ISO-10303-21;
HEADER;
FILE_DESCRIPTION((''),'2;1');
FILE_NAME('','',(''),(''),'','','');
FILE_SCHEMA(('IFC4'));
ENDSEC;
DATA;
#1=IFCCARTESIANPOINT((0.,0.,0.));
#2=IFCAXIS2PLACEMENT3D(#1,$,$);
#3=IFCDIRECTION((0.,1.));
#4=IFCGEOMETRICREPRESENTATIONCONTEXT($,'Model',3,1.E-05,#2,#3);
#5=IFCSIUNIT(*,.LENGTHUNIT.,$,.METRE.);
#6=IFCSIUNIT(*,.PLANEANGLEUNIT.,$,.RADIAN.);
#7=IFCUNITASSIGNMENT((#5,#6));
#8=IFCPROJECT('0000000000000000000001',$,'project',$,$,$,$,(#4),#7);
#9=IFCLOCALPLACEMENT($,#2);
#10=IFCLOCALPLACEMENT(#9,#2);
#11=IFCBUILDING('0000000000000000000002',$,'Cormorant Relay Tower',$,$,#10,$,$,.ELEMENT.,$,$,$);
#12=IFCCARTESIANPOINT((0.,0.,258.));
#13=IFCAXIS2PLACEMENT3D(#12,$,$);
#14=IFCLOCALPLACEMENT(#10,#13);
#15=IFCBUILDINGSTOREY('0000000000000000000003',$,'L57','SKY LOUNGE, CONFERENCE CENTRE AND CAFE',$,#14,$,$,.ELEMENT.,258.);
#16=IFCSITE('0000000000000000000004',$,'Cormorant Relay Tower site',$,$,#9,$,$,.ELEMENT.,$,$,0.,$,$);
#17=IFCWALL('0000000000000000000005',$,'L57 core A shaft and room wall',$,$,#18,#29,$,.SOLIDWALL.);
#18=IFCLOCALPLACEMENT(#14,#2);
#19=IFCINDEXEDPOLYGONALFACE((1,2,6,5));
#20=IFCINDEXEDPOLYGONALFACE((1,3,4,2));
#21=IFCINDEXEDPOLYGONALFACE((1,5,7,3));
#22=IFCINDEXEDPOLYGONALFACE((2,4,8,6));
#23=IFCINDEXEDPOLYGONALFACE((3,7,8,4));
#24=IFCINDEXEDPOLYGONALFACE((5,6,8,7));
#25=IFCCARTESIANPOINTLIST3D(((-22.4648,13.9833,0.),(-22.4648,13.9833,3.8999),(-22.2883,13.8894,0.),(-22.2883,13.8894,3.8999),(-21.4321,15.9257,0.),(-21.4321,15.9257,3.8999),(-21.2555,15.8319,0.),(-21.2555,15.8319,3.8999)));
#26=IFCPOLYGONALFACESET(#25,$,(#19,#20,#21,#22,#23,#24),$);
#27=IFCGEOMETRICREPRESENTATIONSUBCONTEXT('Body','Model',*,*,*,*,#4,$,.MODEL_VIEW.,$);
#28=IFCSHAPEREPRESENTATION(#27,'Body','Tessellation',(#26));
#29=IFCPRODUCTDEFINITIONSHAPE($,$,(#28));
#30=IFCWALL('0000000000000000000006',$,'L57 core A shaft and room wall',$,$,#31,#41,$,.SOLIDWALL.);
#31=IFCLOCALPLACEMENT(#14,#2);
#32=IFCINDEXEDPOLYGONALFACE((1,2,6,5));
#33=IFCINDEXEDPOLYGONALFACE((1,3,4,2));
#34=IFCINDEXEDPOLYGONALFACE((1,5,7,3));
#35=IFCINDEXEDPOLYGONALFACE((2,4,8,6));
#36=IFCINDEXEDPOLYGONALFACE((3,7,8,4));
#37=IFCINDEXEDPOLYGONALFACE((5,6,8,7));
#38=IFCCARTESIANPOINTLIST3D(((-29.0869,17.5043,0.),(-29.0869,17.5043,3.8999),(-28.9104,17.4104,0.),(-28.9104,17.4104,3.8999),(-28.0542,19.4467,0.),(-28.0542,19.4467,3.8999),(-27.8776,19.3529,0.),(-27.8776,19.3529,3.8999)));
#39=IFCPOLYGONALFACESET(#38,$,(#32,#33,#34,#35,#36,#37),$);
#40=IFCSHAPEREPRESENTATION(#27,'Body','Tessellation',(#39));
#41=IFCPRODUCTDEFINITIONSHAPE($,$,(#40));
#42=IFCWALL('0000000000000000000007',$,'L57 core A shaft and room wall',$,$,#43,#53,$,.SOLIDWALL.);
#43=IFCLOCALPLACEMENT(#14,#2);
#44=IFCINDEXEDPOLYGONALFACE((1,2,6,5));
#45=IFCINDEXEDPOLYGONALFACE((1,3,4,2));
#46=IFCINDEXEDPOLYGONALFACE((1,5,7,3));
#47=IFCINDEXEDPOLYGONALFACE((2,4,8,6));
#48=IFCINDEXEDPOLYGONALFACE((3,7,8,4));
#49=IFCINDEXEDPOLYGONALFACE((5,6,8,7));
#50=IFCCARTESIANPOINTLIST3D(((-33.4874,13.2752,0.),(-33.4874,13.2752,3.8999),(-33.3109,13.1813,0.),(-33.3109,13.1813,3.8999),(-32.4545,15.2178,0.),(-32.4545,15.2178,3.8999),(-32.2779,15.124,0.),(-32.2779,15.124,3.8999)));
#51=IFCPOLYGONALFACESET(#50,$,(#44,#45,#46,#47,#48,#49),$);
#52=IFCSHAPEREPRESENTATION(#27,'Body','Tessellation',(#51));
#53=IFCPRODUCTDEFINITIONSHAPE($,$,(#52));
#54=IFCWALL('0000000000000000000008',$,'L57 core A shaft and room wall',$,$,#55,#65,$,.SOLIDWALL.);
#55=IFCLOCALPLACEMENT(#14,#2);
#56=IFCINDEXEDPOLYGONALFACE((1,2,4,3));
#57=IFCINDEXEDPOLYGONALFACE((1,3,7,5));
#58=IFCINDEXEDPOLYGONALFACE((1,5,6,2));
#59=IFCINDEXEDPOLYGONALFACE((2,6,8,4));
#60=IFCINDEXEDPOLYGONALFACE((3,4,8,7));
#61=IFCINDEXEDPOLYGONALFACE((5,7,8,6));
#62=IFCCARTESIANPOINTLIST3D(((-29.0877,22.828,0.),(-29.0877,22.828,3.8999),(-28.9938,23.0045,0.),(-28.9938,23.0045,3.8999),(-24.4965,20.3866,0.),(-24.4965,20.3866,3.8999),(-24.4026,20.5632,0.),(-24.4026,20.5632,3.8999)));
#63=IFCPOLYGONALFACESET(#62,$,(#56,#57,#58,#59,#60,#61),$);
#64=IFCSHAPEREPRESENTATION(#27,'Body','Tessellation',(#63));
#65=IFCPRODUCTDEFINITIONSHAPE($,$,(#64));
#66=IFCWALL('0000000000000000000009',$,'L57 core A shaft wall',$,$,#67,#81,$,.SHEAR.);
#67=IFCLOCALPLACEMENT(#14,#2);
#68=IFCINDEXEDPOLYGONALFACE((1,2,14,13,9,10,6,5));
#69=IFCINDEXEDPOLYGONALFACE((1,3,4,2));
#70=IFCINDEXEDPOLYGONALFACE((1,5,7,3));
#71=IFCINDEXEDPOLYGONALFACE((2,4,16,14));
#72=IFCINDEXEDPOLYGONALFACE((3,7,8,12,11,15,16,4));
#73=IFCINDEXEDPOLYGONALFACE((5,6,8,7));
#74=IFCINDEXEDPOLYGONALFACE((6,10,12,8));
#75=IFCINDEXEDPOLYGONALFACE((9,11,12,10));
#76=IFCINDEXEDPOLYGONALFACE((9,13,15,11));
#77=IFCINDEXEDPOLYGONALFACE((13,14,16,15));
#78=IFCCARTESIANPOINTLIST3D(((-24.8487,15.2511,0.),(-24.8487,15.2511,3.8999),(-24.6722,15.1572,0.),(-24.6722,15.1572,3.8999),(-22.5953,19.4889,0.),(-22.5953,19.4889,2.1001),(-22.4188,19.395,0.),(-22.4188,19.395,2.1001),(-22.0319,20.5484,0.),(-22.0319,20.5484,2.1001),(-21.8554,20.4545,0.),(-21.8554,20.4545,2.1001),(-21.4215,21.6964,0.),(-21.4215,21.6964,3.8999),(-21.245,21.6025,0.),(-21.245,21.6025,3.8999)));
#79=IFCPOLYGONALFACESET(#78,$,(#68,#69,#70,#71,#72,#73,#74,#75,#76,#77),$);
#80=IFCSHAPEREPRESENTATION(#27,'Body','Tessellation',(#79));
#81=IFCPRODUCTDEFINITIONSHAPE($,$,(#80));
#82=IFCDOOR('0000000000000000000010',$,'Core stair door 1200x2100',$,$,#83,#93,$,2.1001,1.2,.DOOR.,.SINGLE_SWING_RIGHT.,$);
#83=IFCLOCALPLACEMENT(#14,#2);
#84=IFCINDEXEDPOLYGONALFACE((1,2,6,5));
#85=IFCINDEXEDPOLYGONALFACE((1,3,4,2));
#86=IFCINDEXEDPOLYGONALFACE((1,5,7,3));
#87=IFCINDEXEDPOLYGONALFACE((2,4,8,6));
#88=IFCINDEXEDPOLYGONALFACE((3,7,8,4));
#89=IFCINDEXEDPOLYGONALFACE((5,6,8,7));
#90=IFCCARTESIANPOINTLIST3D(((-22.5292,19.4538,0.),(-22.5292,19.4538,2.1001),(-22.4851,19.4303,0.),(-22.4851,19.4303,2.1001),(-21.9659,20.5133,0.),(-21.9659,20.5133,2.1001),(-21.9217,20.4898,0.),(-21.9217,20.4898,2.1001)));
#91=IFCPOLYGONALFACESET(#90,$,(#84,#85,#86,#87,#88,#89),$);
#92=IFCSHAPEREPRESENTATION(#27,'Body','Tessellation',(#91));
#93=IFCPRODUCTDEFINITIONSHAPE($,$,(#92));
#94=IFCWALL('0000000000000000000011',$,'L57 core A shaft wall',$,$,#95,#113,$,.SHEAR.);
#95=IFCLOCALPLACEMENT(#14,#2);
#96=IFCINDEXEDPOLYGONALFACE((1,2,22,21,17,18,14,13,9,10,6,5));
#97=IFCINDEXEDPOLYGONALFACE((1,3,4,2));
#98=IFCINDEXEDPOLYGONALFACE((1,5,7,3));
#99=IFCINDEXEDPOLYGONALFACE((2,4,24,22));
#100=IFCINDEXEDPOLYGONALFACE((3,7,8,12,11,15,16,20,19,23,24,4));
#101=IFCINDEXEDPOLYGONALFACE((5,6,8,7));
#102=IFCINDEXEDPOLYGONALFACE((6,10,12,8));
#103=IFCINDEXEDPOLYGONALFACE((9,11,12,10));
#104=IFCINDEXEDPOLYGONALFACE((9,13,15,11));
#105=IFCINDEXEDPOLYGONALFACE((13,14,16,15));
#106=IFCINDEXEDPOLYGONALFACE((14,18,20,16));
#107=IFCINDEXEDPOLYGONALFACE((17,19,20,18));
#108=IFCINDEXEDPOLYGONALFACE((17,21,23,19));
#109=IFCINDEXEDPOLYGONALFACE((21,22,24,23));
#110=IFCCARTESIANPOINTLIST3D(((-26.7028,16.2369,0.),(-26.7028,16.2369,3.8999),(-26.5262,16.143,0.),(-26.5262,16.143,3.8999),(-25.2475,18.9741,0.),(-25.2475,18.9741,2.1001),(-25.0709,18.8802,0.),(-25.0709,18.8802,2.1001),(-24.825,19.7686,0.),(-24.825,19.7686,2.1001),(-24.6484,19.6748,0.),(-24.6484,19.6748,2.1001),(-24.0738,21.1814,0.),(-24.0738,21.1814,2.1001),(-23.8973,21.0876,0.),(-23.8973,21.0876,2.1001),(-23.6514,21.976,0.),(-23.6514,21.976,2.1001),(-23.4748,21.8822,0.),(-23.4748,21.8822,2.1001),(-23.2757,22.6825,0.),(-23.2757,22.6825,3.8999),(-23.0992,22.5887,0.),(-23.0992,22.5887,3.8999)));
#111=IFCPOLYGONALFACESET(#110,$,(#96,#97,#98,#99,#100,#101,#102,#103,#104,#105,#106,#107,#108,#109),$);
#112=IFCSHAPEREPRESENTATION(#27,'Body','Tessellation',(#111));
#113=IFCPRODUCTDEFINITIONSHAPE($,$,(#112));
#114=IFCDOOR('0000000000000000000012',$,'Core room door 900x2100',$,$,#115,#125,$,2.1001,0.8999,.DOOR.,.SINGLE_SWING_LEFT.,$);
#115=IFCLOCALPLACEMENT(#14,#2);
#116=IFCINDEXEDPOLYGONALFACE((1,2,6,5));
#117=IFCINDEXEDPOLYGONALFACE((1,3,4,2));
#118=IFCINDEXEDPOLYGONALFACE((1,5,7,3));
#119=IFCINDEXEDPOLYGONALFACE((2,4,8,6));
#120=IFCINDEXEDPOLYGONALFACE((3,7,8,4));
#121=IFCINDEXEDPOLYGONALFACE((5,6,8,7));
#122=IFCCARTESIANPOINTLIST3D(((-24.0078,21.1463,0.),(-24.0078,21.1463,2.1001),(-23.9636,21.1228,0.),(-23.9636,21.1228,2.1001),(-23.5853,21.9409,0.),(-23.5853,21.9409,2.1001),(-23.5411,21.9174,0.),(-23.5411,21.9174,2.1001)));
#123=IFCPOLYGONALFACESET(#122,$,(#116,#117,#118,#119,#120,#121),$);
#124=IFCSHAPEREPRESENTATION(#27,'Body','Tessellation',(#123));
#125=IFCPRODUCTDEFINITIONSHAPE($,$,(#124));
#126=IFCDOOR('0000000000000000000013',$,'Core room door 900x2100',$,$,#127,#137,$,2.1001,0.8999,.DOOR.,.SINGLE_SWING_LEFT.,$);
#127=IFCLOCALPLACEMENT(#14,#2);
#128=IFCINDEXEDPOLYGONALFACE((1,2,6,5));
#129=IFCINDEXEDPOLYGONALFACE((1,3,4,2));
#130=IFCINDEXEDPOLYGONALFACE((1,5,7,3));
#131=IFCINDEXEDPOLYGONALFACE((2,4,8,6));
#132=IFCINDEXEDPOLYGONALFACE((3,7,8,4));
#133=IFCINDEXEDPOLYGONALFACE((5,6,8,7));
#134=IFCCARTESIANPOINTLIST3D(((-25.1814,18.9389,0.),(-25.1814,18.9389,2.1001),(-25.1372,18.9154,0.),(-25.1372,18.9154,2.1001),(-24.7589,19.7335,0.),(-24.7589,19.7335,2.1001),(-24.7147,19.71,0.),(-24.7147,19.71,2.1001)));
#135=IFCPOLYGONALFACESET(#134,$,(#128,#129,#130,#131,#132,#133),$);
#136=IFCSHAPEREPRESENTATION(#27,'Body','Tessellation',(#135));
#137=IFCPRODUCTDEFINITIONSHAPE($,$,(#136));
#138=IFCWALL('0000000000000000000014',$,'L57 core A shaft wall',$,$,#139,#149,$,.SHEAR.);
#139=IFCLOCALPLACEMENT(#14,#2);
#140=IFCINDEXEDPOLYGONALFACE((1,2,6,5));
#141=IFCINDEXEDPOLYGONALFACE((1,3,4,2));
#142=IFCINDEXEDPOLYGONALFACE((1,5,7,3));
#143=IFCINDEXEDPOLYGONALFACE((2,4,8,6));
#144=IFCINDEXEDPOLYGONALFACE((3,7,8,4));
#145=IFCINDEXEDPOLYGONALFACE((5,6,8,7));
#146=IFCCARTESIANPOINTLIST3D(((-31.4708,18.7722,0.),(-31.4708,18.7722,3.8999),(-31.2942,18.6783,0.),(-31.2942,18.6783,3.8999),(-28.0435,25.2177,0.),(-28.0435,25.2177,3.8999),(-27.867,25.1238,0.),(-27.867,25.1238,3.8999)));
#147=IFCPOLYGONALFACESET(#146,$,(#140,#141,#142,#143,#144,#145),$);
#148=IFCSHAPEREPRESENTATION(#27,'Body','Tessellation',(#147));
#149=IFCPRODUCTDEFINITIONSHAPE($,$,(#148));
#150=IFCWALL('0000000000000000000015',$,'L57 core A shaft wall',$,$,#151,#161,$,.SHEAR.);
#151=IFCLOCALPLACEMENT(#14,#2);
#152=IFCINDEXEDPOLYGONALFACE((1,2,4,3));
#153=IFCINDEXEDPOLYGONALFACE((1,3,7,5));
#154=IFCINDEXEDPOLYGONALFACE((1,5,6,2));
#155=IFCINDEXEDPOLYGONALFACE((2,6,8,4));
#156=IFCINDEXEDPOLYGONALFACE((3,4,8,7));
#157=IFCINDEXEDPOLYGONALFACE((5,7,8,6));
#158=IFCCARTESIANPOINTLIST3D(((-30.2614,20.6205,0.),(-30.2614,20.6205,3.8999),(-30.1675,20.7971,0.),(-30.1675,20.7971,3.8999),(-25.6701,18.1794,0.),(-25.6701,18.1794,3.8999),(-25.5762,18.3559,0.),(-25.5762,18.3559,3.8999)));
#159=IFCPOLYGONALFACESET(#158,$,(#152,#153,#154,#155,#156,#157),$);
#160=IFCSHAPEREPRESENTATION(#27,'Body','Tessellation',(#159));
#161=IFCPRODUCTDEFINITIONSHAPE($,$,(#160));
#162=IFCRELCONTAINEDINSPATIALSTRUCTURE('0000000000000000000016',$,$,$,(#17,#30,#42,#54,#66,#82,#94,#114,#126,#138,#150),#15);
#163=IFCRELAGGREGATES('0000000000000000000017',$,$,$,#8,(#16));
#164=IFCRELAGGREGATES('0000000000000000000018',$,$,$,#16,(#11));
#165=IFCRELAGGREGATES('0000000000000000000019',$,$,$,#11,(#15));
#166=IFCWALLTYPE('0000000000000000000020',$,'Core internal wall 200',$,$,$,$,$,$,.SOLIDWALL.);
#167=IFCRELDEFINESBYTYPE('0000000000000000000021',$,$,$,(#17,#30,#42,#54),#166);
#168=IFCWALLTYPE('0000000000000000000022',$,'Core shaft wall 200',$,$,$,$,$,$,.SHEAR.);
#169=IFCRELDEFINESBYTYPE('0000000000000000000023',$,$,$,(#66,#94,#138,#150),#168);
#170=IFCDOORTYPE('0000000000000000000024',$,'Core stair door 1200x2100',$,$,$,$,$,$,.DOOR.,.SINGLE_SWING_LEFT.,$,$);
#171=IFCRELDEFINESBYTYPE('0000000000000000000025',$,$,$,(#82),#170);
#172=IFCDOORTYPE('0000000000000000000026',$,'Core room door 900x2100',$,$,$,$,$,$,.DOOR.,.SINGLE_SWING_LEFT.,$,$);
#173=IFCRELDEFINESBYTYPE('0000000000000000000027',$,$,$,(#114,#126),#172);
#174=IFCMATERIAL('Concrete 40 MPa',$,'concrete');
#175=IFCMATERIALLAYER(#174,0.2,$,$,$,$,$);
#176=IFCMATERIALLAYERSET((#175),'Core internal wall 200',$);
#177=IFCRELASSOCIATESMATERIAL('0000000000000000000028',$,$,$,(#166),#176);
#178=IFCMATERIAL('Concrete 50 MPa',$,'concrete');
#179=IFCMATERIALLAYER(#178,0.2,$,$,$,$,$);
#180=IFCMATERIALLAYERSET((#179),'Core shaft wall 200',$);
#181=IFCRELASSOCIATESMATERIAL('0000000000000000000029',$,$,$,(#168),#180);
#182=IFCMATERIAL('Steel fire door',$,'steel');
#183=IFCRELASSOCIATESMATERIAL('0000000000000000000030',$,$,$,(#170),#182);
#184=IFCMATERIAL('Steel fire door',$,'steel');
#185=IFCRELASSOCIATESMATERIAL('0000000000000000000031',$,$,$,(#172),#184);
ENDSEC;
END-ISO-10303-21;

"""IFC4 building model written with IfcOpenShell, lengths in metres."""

from ifc_helpers import new_model, si_unit, direction, frame, frame_2d, origin, place, context, subcontext, project, spatial, rectangle, extrude, material, layer, layer_set, type_object, element, fill, save


model = new_model("IFC4")

# Units and contexts
model_context = context("Model", 3, precision=1e-05, world=origin(), true_north=direction((0.0, 1.0)))
body_context = subcontext(model_context, "Body", "Model", "MODEL_VIEW")
ifc_project = project(units=[si_unit("LENGTHUNIT", "METRE"), si_unit("PLANEANGLEUNIT", "RADIAN")], contexts=[model_context])

# Site, building, storey
site_placement = place(None, origin())
site = spatial("IfcSite", under=ifc_project, at=site_placement, Name="Cormorant Relay Tower site", CompositionType="ELEMENT", RefElevation=0.0)
building_placement = place(site_placement, origin())
building = spatial("IfcBuilding", under=site, at=building_placement, Name="Cormorant Relay Tower", CompositionType="ELEMENT")
storey_placement = place(building_placement, frame((0.0, 0.0, 258.0)))
storey = spatial("IfcBuildingStorey", under=building, at=storey_placement, Name="L57", Description="SKY LOUNGE, CONFERENCE CENTRE AND CAFE", CompositionType="ELEMENT", Elevation=258.0)

# Walls
ifc_material_1 = material(Name="Concrete 40 MPa", Category="concrete")
ifc_layer_1 = layer(ifc_material_1, 0.2)
ifc_layer_set_1 = layer_set([ifc_layer_1], Name="Core internal wall 200")
wall_type_1 = type_object("IfcWallType", Name="Core internal wall 200", PredefinedType="SOLIDWALL", material=ifc_layer_set_1)
for number, where, z_axis, x_axis, name in (
    (1, (-21.3438, 15.8789, 0.0), (0.0, 0.0, 1.0), (-0.469447, -0.88296, 0.0), "L57 core A shaft and room wall"),
    (2, (-27.9658, 19.3999, 0.0), (0.0, 0.0, 1.0), (-0.469447, -0.88296, 0.0), "L57 core A shaft and room wall"),
):
    element("IfcWall", number, at=place(storey_placement, frame(where, z_axis=z_axis, x_axis=x_axis)), inside=storey, type_object=wall_type_1, Name=name, PredefinedType="SOLIDWALL", context=body_context, shape_type="SweptSolid", body=[
        extrude(rectangle(XDim=2.2, YDim=0.2, at=frame_2d((1.1001, 0.0))), origin(), (0.0, 0.0, 1.0), 3.8999),
    ])
wall_1_placement = place(storey_placement, frame((-32.3662, 15.1709, 0.0), z_axis=(0.0, 0.0, 1.0), x_axis=(-0.469488, -0.882939, 0.0)))
element("IfcWall", 3, at=wall_1_placement, inside=storey, type_object=wall_type_1, Name="L57 core A shaft and room wall", PredefinedType="SOLIDWALL", context=body_context, shape_type="SweptSolid", body=[
    extrude(rectangle(XDim=2.2002, YDim=0.2, at=frame_2d((1.1001, 0.0))), origin(), (0.0, 0.0, 1.0), 3.8999),
])
wall_2_placement = place(storey_placement, frame((-24.4495, 20.4749, 0.0), z_axis=(0.0, 0.0, 1.0), x_axis=(-0.882935, 0.469496, 0.0)))
element("IfcWall", 4, at=wall_2_placement, inside=storey, type_object=wall_type_1, Name="L57 core A shaft and room wall", PredefinedType="SOLIDWALL", context=body_context, shape_type="SweptSolid", body=[
    extrude(rectangle(XDim=5.2, YDim=0.2, at=frame_2d((2.6001, 0.0))), origin(), (0.0, 0.0, 1.0), 3.8999),
])

# Wall, opening, door
ifc_material_2 = material(Name="Concrete 50 MPa", Category="concrete")
ifc_layer_2 = layer(ifc_material_2, 0.2)
ifc_layer_set_2 = layer_set([ifc_layer_2], Name="Core shaft wall 200")
wall_type_2 = type_object("IfcWallType", Name="Core shaft wall 200", PredefinedType="SHEAR", material=ifc_layer_set_2)
wall_3_placement = place(storey_placement, frame((-21.3333, 21.6494, 0.0), z_axis=(0.0, 0.0, 1.0), x_axis=(-0.469494, -0.882936, 0.0)))
wall_3 = element("IfcWall", 5, at=wall_3_placement, inside=storey, type_object=wall_type_2, Name="L57 core A shaft wall", PredefinedType="SHEAR", context=body_context, shape_type="SweptSolid", body=[
    extrude(rectangle(XDim=7.2998, YDim=0.2, at=frame_2d((3.6499, 0.0))), origin(), (0.0, 0.0, 1.0), 3.8999),
])
opening_1_placement = place(wall_3_placement, frame((1.3, 0.0, 0.0)))
opening_1 = element("IfcOpeningElement", 6, at=opening_1_placement, cuts=wall_3, PredefinedType="OPENING", context=body_context, shape_type="SweptSolid", body=[
    extrude(rectangle(XDim=1.2, YDim=2.1001, at=frame_2d((0.6001, 1.05))), frame((0.0, 0.1099, 0.0), z_axis=(0.0, -1.0, 0.0), x_axis=(1.0, 0.0, 0.0)), (0.0, 0.0, 1.0), 0.22),
])
ifc_material_3 = material(Name="Steel fire door", Category="steel")
door_type_1 = type_object("IfcDoorType", Name="Core stair door 1200x2100", OperationType="SINGLE_SWING_LEFT", PredefinedType="DOOR", material=ifc_material_3)
door_1_placement = place(opening_1_placement, origin())
door_1 = element("IfcDoor", 7, at=door_1_placement, inside=storey, type_object=door_type_1, Name="Core stair door 1200x2100", OperationType="SINGLE_SWING_RIGHT", OverallHeight=2.1001, OverallWidth=1.2, PredefinedType="DOOR", context=body_context, shape_type="SweptSolid", body=[
    extrude(rectangle(XDim=1.2, YDim=2.1001, at=frame_2d((0.6001, 1.05))), frame((0.0, 0.0249, 0.0), z_axis=(0.0, -1.0, 0.0), x_axis=(1.0, 0.0, 0.0)), (0.0, 0.0, 1.0), 0.05),
])
fill(opening_1, door_1)

# Wall, openings, doors
wall_4_placement = place(storey_placement, frame((-23.1875, 22.6355, 0.0), z_axis=(0.0, 0.0, 1.0), x_axis=(-0.469454, -0.882957, 0.0)))
wall_4 = element("IfcWall", 8, at=wall_4_placement, inside=storey, type_object=wall_type_2, Name="L57 core A shaft wall", PredefinedType="SHEAR", context=body_context, shape_type="SweptSolid", body=[
    extrude(rectangle(XDim=7.3, YDim=0.2, at=frame_2d((3.6499, 0.0))), origin(), (0.0, 0.0, 1.0), 3.8999),
])
opening_2_placement = place(wall_4_placement, frame((0.8, 0.0, 0.0)))
opening_2 = element("IfcOpeningElement", 9, at=opening_2_placement, cuts=wall_4, PredefinedType="OPENING", context=body_context, shape_type="SweptSolid", body=[
    extrude(rectangle(XDim=0.8999, YDim=2.1001, at=frame_2d((0.45, 1.05))), frame((0.0, 0.1099, 0.0), z_axis=(0.0, -1.0, 0.0), x_axis=(1.0, 0.0, 0.0)), (0.0, 0.0, 1.0), 0.22),
])
opening_3_placement = place(wall_4_placement, frame((3.3, 0.0, 0.0)))
opening_3 = element("IfcOpeningElement", 10, at=opening_3_placement, cuts=wall_4, PredefinedType="OPENING", context=body_context, shape_type="SweptSolid", body=[
    extrude(rectangle(XDim=0.8999, YDim=2.1001, at=frame_2d((0.45, 1.05))), frame((0.0, 0.1099, 0.0), z_axis=(0.0, -1.0, 0.0), x_axis=(1.0, 0.0, 0.0)), (0.0, 0.0, 1.0), 0.22),
])
ifc_material_4 = material(Name="Steel fire door", Category="steel")
door_type_2 = type_object("IfcDoorType", Name="Core room door 900x2100", OperationType="SINGLE_SWING_LEFT", PredefinedType="DOOR", material=ifc_material_4)
door_2_placement = place(opening_2_placement, origin())
door_2 = element("IfcDoor", 11, at=door_2_placement, inside=storey, type_object=door_type_2, Name="Core room door 900x2100", OperationType="SINGLE_SWING_LEFT", OverallHeight=2.1001, OverallWidth=0.8999, PredefinedType="DOOR", context=body_context, shape_type="SweptSolid", body=[
    extrude(rectangle(XDim=0.8999, YDim=2.1001, at=frame_2d((0.45, 1.05))), frame((0.0, 0.0249, 0.0), z_axis=(0.0, -1.0, 0.0), x_axis=(1.0, 0.0, 0.0)), (0.0, 0.0, 1.0), 0.05),
])
fill(opening_2, door_2)
door_3_placement = place(opening_3_placement, origin())
door_3 = element("IfcDoor", 12, at=door_3_placement, inside=storey, type_object=door_type_2, Name="Core room door 900x2100", OperationType="SINGLE_SWING_LEFT", OverallHeight=2.1001, OverallWidth=0.8999, PredefinedType="DOOR", context=body_context, shape_type="SweptSolid", body=[
    extrude(rectangle(XDim=0.8999, YDim=2.1001, at=frame_2d((0.45, 1.05))), frame((0.0, 0.0249, 0.0), z_axis=(0.0, -1.0, 0.0), x_axis=(1.0, 0.0, 0.0)), (0.0, 0.0, 1.0), 0.05),
])
fill(opening_3, door_3)

# Wall
wall_5_placement = place(storey_placement, frame((-27.9553, 25.1707, 0.0), z_axis=(0.0, 0.0, 1.0), x_axis=(-0.46948, -0.882943, 0.0)))
element("IfcWall", 13, at=wall_5_placement, inside=storey, type_object=wall_type_2, Name="L57 core A shaft wall", PredefinedType="SHEAR", context=body_context, shape_type="SweptSolid", body=[
    extrude(rectangle(XDim=7.3, YDim=0.2, at=frame_2d((3.6499, 0.0))), origin(), (0.0, 0.0, 1.0), 3.8999),
])

# Wall
wall_6_placement = place(storey_placement, frame((-25.623, 18.2676, 0.0), z_axis=(0.0, 0.0, 1.0), x_axis=(-0.882954, 0.46946, 0.0)))
element("IfcWall", 14, at=wall_6_placement, inside=storey, type_object=wall_type_2, Name="L57 core A shaft wall", PredefinedType="SHEAR", context=body_context, shape_type="SweptSolid", body=[
    extrude(rectangle(XDim=5.2, YDim=0.2, at=frame_2d((2.6001, 0.0))), origin(), (0.0, 0.0, 1.0), 3.8999),
])

save(model, "model.ifc")
